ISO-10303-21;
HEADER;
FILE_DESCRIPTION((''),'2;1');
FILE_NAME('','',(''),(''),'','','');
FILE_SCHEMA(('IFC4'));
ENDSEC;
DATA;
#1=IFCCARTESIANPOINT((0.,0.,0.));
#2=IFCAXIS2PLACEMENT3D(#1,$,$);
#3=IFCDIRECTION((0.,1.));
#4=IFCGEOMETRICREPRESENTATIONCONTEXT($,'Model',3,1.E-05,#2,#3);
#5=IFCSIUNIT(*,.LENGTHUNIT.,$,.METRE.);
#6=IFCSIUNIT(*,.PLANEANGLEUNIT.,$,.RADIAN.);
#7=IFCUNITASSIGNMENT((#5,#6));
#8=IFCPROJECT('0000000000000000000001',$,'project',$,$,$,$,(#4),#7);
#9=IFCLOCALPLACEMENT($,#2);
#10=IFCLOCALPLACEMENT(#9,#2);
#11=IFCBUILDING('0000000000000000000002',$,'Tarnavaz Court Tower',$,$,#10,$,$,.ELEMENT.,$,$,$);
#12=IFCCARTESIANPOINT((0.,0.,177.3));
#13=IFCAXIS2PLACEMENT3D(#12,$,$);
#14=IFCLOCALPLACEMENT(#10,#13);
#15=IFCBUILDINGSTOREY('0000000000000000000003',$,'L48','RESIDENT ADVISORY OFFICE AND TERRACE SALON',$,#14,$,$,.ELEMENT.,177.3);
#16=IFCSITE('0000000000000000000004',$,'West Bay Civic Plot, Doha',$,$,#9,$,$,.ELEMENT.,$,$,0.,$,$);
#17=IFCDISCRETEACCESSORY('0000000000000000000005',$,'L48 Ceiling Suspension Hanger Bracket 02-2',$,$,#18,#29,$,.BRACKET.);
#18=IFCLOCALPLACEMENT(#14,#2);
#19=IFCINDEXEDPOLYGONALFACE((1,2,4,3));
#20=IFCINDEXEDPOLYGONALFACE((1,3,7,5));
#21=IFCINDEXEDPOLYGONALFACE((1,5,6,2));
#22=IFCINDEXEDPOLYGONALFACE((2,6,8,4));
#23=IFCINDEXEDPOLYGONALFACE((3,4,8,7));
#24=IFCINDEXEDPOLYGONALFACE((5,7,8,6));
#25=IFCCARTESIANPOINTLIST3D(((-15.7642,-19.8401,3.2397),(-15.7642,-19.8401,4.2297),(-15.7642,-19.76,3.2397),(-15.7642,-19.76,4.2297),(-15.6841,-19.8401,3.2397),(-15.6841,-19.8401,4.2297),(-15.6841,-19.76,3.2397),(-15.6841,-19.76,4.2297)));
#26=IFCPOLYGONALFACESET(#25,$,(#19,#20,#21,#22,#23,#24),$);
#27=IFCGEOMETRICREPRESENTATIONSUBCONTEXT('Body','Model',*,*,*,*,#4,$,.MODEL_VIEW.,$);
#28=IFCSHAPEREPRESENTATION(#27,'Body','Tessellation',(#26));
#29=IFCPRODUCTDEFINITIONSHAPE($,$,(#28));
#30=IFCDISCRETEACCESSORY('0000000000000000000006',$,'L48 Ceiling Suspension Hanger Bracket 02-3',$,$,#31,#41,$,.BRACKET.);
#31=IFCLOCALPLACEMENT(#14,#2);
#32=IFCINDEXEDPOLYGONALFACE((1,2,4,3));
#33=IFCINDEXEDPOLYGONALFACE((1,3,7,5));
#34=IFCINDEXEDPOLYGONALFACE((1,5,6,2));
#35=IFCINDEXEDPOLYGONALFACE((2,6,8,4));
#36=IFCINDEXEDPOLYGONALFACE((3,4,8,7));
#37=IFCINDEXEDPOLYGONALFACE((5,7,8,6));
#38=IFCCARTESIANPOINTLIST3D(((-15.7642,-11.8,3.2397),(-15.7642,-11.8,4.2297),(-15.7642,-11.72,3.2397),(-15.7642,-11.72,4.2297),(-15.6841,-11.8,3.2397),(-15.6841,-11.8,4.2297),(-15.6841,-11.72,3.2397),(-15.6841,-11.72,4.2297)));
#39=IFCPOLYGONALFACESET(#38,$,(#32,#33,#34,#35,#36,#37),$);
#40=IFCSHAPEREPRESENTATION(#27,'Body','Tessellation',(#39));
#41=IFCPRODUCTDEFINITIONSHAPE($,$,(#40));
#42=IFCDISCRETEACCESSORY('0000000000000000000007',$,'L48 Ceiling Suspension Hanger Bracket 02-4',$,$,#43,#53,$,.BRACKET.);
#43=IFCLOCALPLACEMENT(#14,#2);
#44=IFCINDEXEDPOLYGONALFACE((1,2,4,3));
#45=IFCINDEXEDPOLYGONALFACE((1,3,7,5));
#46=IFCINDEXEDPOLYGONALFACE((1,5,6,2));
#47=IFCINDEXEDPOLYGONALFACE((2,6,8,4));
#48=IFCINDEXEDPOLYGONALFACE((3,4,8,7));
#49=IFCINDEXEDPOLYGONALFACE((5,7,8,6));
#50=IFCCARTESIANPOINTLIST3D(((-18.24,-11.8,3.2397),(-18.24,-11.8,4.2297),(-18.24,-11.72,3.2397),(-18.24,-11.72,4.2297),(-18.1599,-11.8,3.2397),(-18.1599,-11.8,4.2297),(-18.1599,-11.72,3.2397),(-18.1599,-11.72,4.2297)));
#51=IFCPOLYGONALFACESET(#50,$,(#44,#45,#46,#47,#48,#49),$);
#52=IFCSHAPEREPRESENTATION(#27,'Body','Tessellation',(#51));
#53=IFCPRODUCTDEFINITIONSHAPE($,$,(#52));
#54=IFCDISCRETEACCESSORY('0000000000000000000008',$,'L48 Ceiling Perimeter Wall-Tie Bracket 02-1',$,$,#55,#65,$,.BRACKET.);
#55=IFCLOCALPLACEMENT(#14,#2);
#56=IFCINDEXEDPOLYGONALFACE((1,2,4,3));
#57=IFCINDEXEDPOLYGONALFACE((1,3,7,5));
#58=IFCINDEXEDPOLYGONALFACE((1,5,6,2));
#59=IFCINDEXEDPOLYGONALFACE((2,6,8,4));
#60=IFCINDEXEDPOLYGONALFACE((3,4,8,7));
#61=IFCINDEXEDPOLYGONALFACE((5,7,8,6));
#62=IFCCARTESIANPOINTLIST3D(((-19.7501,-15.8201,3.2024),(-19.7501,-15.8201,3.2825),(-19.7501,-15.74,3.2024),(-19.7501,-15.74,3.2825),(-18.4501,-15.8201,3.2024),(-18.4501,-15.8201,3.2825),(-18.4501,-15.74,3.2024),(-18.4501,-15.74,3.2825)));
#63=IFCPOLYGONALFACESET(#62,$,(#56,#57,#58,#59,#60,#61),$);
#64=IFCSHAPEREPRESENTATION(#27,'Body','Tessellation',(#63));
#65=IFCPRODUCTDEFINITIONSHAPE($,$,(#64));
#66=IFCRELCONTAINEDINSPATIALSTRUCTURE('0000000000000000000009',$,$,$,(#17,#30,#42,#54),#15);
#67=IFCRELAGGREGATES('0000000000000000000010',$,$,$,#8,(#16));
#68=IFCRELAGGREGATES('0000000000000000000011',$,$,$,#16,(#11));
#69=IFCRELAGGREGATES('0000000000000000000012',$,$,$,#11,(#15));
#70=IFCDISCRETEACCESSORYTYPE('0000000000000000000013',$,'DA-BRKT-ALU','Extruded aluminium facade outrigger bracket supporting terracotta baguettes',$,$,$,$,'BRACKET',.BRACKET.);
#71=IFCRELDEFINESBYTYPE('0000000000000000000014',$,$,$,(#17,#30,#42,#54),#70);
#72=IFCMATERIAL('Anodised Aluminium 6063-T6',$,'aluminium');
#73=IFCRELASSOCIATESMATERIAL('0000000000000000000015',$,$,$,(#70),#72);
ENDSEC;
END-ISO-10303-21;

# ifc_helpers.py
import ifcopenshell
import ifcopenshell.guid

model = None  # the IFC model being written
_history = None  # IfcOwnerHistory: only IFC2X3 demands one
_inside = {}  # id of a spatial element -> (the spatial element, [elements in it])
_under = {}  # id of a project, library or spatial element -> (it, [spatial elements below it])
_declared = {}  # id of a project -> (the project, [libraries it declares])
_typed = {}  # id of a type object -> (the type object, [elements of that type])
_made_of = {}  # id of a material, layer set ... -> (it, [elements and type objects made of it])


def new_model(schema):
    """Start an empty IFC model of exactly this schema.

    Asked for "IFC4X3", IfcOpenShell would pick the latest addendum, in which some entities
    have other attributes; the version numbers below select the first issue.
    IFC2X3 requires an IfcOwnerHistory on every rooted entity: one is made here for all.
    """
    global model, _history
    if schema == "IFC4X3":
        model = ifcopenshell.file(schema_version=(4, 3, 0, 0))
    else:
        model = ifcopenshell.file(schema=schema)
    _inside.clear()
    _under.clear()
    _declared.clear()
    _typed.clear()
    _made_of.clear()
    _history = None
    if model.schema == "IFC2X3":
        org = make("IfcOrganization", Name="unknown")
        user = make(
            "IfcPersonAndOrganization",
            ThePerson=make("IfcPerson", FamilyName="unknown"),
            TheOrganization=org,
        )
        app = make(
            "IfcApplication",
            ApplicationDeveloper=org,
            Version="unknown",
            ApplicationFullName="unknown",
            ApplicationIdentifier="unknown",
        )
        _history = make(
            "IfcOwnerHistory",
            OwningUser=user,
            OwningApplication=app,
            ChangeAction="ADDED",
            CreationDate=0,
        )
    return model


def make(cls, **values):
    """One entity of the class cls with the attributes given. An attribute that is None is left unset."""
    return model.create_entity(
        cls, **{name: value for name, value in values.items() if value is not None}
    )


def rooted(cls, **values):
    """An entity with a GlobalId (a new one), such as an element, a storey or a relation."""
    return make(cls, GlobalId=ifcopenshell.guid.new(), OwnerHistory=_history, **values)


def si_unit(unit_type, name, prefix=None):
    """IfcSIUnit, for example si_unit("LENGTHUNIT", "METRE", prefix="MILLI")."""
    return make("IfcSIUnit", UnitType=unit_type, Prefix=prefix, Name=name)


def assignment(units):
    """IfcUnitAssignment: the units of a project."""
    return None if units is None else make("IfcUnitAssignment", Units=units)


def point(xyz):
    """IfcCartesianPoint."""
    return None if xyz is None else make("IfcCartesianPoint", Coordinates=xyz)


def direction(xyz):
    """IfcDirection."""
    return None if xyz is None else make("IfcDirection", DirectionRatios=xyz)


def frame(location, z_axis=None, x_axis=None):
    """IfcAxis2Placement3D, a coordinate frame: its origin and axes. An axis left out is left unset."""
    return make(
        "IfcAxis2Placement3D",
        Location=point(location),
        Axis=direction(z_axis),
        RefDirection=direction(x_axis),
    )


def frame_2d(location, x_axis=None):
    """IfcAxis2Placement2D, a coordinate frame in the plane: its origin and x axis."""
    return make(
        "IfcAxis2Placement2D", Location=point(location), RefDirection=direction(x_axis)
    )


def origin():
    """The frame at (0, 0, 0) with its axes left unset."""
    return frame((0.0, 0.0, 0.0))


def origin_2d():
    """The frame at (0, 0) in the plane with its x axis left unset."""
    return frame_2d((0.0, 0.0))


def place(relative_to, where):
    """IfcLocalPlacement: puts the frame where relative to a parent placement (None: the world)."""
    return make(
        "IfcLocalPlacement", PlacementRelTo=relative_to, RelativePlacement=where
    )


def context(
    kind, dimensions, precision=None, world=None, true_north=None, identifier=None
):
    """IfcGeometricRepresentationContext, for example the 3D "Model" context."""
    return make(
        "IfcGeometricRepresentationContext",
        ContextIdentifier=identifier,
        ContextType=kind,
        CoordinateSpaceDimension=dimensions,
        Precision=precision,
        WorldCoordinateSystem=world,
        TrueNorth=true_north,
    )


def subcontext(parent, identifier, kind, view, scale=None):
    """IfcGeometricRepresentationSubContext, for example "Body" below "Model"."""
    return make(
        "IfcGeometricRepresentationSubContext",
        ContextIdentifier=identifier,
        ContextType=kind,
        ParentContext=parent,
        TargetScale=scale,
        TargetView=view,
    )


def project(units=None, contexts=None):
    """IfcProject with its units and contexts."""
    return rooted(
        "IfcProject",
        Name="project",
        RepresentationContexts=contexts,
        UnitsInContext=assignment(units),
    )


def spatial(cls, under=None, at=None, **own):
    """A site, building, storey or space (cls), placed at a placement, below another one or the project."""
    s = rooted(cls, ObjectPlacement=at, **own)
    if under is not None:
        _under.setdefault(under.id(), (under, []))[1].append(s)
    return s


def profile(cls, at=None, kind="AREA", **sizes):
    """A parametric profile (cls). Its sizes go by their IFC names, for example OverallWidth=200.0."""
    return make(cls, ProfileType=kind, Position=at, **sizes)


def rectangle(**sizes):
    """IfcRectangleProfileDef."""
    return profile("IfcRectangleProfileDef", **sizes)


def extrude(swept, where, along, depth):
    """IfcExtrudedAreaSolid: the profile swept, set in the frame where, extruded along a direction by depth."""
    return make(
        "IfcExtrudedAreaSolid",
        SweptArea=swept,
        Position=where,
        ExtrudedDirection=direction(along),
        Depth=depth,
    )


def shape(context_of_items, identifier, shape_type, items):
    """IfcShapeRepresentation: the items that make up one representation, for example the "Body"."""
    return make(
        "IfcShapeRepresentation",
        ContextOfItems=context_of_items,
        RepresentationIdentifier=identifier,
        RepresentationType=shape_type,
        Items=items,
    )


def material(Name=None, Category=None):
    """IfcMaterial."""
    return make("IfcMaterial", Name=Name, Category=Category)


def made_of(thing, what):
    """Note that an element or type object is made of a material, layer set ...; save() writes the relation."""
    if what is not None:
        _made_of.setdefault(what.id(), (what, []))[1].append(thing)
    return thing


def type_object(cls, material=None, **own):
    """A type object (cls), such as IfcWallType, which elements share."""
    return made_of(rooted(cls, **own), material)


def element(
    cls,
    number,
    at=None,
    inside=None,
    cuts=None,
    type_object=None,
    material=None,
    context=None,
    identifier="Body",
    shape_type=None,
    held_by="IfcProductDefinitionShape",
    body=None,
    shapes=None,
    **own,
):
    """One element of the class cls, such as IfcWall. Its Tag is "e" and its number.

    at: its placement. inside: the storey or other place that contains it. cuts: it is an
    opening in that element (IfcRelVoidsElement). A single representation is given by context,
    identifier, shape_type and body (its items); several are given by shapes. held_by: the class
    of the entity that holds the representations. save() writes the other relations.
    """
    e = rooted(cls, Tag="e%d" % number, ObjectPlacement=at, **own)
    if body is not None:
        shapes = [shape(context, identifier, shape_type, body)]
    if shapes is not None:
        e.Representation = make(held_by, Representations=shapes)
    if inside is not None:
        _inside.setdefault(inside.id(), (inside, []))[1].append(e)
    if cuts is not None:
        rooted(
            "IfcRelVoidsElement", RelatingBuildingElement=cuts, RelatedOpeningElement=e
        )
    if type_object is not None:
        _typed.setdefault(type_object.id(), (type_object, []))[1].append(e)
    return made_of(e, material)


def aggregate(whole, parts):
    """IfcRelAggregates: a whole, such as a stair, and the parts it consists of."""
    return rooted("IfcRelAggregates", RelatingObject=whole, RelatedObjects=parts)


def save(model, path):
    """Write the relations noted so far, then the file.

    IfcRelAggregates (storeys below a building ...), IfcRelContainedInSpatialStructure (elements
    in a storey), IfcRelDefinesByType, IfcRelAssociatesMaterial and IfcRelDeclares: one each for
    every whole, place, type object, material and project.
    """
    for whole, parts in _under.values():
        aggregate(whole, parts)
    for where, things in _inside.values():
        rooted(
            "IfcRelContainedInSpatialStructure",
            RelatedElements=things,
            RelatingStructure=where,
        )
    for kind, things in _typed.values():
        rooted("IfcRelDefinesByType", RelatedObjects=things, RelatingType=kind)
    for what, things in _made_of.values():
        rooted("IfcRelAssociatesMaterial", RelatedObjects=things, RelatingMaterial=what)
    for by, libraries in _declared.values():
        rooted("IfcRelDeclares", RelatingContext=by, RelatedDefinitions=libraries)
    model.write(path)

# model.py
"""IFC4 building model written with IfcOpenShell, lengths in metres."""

from ifc_helpers import new_model, si_unit, direction, frame, origin, origin_2d, place, context, subcontext, project, spatial, rectangle, extrude, material, type_object, element, save


model = new_model("IFC4")

# Units and contexts
model_context = context("Model", 3, precision=1e-05, world=origin(), true_north=direction((0.0, 1.0)))
body_context = subcontext(model_context, "Body", "Model", "MODEL_VIEW")
ifc_project = project(units=[si_unit("LENGTHUNIT", "METRE"), si_unit("PLANEANGLEUNIT", "RADIAN")], contexts=[model_context])

# Site, building, storey
site_placement = place(None, origin())
site = spatial("IfcSite", under=ifc_project, at=site_placement, Name="West Bay Civic Plot, Doha", CompositionType="ELEMENT", RefElevation=0.0)
building_placement = place(site_placement, origin())
building = spatial("IfcBuilding", under=site, at=building_placement, Name="Tarnavaz Court Tower", CompositionType="ELEMENT")
storey_placement = place(building_placement, frame((0.0, 0.0, 177.3)))
storey = spatial("IfcBuildingStorey", under=building, at=storey_placement, Name="L48", Description="RESIDENT ADVISORY OFFICE AND TERRACE SALON", CompositionType="ELEMENT", Elevation=177.3)

# Shared definitions
ifc_material_1 = material(Name="Anodised Aluminium 6063-T6", Category="aluminium")

# Discrete accessories
discrete_accessory_type = type_object("IfcDiscreteAccessoryType", Name="DA-BRKT-ALU", Description="Extruded aluminium facade outrigger bracket supporting terracotta baguettes", ElementType="BRACKET", PredefinedType="BRACKET", material=ifc_material_1)
for number, where, z_axis, x_axis, name in (
    (1, (-15.7241, -19.8, 3.2397), (0.0, 0.0, 1.0), (1.0, 0.0, 0.0), "L48 Ceiling Suspension Hanger Bracket 02-2"),
    (2, (-15.7241, -11.76, 3.2397), (0.0, 0.0, 1.0), (1.0, 0.0, 0.0), "L48 Ceiling Suspension Hanger Bracket 02-3"),
    (3, (-18.2, -11.76, 3.2397), (0.0, 0.0, 1.0), (1.0, 0.0, 0.0), "L48 Ceiling Suspension Hanger Bracket 02-4"),
):
    element("IfcDiscreteAccessory", number, at=place(storey_placement, frame(where, z_axis=z_axis, x_axis=x_axis)), inside=storey, type_object=discrete_accessory_type, Name=name, PredefinedType="BRACKET", context=body_context, shape_type="SweptSolid", body=[
        extrude(rectangle(XDim=0.0801, YDim=0.0801, at=origin_2d()), origin(), (0.0, 0.0, 1.0), 0.99),
    ])
discrete_accessory_placement = place(storey_placement, frame((-19.1001, -15.78, 3.2024), z_axis=(0.0, 0.0, 1.0), x_axis=(1.0, 0.0, 0.0)))
element("IfcDiscreteAccessory", 4, at=discrete_accessory_placement, inside=storey, type_object=discrete_accessory_type, Name="L48 Ceiling Perimeter Wall-Tie Bracket 02-1", PredefinedType="BRACKET", context=body_context, shape_type="SweptSolid", body=[
    extrude(rectangle(XDim=1.3, YDim=0.0801, at=origin_2d()), origin(), (0.0, 0.0, 1.0), 0.0801),
])

save(model, "model.ifc")
